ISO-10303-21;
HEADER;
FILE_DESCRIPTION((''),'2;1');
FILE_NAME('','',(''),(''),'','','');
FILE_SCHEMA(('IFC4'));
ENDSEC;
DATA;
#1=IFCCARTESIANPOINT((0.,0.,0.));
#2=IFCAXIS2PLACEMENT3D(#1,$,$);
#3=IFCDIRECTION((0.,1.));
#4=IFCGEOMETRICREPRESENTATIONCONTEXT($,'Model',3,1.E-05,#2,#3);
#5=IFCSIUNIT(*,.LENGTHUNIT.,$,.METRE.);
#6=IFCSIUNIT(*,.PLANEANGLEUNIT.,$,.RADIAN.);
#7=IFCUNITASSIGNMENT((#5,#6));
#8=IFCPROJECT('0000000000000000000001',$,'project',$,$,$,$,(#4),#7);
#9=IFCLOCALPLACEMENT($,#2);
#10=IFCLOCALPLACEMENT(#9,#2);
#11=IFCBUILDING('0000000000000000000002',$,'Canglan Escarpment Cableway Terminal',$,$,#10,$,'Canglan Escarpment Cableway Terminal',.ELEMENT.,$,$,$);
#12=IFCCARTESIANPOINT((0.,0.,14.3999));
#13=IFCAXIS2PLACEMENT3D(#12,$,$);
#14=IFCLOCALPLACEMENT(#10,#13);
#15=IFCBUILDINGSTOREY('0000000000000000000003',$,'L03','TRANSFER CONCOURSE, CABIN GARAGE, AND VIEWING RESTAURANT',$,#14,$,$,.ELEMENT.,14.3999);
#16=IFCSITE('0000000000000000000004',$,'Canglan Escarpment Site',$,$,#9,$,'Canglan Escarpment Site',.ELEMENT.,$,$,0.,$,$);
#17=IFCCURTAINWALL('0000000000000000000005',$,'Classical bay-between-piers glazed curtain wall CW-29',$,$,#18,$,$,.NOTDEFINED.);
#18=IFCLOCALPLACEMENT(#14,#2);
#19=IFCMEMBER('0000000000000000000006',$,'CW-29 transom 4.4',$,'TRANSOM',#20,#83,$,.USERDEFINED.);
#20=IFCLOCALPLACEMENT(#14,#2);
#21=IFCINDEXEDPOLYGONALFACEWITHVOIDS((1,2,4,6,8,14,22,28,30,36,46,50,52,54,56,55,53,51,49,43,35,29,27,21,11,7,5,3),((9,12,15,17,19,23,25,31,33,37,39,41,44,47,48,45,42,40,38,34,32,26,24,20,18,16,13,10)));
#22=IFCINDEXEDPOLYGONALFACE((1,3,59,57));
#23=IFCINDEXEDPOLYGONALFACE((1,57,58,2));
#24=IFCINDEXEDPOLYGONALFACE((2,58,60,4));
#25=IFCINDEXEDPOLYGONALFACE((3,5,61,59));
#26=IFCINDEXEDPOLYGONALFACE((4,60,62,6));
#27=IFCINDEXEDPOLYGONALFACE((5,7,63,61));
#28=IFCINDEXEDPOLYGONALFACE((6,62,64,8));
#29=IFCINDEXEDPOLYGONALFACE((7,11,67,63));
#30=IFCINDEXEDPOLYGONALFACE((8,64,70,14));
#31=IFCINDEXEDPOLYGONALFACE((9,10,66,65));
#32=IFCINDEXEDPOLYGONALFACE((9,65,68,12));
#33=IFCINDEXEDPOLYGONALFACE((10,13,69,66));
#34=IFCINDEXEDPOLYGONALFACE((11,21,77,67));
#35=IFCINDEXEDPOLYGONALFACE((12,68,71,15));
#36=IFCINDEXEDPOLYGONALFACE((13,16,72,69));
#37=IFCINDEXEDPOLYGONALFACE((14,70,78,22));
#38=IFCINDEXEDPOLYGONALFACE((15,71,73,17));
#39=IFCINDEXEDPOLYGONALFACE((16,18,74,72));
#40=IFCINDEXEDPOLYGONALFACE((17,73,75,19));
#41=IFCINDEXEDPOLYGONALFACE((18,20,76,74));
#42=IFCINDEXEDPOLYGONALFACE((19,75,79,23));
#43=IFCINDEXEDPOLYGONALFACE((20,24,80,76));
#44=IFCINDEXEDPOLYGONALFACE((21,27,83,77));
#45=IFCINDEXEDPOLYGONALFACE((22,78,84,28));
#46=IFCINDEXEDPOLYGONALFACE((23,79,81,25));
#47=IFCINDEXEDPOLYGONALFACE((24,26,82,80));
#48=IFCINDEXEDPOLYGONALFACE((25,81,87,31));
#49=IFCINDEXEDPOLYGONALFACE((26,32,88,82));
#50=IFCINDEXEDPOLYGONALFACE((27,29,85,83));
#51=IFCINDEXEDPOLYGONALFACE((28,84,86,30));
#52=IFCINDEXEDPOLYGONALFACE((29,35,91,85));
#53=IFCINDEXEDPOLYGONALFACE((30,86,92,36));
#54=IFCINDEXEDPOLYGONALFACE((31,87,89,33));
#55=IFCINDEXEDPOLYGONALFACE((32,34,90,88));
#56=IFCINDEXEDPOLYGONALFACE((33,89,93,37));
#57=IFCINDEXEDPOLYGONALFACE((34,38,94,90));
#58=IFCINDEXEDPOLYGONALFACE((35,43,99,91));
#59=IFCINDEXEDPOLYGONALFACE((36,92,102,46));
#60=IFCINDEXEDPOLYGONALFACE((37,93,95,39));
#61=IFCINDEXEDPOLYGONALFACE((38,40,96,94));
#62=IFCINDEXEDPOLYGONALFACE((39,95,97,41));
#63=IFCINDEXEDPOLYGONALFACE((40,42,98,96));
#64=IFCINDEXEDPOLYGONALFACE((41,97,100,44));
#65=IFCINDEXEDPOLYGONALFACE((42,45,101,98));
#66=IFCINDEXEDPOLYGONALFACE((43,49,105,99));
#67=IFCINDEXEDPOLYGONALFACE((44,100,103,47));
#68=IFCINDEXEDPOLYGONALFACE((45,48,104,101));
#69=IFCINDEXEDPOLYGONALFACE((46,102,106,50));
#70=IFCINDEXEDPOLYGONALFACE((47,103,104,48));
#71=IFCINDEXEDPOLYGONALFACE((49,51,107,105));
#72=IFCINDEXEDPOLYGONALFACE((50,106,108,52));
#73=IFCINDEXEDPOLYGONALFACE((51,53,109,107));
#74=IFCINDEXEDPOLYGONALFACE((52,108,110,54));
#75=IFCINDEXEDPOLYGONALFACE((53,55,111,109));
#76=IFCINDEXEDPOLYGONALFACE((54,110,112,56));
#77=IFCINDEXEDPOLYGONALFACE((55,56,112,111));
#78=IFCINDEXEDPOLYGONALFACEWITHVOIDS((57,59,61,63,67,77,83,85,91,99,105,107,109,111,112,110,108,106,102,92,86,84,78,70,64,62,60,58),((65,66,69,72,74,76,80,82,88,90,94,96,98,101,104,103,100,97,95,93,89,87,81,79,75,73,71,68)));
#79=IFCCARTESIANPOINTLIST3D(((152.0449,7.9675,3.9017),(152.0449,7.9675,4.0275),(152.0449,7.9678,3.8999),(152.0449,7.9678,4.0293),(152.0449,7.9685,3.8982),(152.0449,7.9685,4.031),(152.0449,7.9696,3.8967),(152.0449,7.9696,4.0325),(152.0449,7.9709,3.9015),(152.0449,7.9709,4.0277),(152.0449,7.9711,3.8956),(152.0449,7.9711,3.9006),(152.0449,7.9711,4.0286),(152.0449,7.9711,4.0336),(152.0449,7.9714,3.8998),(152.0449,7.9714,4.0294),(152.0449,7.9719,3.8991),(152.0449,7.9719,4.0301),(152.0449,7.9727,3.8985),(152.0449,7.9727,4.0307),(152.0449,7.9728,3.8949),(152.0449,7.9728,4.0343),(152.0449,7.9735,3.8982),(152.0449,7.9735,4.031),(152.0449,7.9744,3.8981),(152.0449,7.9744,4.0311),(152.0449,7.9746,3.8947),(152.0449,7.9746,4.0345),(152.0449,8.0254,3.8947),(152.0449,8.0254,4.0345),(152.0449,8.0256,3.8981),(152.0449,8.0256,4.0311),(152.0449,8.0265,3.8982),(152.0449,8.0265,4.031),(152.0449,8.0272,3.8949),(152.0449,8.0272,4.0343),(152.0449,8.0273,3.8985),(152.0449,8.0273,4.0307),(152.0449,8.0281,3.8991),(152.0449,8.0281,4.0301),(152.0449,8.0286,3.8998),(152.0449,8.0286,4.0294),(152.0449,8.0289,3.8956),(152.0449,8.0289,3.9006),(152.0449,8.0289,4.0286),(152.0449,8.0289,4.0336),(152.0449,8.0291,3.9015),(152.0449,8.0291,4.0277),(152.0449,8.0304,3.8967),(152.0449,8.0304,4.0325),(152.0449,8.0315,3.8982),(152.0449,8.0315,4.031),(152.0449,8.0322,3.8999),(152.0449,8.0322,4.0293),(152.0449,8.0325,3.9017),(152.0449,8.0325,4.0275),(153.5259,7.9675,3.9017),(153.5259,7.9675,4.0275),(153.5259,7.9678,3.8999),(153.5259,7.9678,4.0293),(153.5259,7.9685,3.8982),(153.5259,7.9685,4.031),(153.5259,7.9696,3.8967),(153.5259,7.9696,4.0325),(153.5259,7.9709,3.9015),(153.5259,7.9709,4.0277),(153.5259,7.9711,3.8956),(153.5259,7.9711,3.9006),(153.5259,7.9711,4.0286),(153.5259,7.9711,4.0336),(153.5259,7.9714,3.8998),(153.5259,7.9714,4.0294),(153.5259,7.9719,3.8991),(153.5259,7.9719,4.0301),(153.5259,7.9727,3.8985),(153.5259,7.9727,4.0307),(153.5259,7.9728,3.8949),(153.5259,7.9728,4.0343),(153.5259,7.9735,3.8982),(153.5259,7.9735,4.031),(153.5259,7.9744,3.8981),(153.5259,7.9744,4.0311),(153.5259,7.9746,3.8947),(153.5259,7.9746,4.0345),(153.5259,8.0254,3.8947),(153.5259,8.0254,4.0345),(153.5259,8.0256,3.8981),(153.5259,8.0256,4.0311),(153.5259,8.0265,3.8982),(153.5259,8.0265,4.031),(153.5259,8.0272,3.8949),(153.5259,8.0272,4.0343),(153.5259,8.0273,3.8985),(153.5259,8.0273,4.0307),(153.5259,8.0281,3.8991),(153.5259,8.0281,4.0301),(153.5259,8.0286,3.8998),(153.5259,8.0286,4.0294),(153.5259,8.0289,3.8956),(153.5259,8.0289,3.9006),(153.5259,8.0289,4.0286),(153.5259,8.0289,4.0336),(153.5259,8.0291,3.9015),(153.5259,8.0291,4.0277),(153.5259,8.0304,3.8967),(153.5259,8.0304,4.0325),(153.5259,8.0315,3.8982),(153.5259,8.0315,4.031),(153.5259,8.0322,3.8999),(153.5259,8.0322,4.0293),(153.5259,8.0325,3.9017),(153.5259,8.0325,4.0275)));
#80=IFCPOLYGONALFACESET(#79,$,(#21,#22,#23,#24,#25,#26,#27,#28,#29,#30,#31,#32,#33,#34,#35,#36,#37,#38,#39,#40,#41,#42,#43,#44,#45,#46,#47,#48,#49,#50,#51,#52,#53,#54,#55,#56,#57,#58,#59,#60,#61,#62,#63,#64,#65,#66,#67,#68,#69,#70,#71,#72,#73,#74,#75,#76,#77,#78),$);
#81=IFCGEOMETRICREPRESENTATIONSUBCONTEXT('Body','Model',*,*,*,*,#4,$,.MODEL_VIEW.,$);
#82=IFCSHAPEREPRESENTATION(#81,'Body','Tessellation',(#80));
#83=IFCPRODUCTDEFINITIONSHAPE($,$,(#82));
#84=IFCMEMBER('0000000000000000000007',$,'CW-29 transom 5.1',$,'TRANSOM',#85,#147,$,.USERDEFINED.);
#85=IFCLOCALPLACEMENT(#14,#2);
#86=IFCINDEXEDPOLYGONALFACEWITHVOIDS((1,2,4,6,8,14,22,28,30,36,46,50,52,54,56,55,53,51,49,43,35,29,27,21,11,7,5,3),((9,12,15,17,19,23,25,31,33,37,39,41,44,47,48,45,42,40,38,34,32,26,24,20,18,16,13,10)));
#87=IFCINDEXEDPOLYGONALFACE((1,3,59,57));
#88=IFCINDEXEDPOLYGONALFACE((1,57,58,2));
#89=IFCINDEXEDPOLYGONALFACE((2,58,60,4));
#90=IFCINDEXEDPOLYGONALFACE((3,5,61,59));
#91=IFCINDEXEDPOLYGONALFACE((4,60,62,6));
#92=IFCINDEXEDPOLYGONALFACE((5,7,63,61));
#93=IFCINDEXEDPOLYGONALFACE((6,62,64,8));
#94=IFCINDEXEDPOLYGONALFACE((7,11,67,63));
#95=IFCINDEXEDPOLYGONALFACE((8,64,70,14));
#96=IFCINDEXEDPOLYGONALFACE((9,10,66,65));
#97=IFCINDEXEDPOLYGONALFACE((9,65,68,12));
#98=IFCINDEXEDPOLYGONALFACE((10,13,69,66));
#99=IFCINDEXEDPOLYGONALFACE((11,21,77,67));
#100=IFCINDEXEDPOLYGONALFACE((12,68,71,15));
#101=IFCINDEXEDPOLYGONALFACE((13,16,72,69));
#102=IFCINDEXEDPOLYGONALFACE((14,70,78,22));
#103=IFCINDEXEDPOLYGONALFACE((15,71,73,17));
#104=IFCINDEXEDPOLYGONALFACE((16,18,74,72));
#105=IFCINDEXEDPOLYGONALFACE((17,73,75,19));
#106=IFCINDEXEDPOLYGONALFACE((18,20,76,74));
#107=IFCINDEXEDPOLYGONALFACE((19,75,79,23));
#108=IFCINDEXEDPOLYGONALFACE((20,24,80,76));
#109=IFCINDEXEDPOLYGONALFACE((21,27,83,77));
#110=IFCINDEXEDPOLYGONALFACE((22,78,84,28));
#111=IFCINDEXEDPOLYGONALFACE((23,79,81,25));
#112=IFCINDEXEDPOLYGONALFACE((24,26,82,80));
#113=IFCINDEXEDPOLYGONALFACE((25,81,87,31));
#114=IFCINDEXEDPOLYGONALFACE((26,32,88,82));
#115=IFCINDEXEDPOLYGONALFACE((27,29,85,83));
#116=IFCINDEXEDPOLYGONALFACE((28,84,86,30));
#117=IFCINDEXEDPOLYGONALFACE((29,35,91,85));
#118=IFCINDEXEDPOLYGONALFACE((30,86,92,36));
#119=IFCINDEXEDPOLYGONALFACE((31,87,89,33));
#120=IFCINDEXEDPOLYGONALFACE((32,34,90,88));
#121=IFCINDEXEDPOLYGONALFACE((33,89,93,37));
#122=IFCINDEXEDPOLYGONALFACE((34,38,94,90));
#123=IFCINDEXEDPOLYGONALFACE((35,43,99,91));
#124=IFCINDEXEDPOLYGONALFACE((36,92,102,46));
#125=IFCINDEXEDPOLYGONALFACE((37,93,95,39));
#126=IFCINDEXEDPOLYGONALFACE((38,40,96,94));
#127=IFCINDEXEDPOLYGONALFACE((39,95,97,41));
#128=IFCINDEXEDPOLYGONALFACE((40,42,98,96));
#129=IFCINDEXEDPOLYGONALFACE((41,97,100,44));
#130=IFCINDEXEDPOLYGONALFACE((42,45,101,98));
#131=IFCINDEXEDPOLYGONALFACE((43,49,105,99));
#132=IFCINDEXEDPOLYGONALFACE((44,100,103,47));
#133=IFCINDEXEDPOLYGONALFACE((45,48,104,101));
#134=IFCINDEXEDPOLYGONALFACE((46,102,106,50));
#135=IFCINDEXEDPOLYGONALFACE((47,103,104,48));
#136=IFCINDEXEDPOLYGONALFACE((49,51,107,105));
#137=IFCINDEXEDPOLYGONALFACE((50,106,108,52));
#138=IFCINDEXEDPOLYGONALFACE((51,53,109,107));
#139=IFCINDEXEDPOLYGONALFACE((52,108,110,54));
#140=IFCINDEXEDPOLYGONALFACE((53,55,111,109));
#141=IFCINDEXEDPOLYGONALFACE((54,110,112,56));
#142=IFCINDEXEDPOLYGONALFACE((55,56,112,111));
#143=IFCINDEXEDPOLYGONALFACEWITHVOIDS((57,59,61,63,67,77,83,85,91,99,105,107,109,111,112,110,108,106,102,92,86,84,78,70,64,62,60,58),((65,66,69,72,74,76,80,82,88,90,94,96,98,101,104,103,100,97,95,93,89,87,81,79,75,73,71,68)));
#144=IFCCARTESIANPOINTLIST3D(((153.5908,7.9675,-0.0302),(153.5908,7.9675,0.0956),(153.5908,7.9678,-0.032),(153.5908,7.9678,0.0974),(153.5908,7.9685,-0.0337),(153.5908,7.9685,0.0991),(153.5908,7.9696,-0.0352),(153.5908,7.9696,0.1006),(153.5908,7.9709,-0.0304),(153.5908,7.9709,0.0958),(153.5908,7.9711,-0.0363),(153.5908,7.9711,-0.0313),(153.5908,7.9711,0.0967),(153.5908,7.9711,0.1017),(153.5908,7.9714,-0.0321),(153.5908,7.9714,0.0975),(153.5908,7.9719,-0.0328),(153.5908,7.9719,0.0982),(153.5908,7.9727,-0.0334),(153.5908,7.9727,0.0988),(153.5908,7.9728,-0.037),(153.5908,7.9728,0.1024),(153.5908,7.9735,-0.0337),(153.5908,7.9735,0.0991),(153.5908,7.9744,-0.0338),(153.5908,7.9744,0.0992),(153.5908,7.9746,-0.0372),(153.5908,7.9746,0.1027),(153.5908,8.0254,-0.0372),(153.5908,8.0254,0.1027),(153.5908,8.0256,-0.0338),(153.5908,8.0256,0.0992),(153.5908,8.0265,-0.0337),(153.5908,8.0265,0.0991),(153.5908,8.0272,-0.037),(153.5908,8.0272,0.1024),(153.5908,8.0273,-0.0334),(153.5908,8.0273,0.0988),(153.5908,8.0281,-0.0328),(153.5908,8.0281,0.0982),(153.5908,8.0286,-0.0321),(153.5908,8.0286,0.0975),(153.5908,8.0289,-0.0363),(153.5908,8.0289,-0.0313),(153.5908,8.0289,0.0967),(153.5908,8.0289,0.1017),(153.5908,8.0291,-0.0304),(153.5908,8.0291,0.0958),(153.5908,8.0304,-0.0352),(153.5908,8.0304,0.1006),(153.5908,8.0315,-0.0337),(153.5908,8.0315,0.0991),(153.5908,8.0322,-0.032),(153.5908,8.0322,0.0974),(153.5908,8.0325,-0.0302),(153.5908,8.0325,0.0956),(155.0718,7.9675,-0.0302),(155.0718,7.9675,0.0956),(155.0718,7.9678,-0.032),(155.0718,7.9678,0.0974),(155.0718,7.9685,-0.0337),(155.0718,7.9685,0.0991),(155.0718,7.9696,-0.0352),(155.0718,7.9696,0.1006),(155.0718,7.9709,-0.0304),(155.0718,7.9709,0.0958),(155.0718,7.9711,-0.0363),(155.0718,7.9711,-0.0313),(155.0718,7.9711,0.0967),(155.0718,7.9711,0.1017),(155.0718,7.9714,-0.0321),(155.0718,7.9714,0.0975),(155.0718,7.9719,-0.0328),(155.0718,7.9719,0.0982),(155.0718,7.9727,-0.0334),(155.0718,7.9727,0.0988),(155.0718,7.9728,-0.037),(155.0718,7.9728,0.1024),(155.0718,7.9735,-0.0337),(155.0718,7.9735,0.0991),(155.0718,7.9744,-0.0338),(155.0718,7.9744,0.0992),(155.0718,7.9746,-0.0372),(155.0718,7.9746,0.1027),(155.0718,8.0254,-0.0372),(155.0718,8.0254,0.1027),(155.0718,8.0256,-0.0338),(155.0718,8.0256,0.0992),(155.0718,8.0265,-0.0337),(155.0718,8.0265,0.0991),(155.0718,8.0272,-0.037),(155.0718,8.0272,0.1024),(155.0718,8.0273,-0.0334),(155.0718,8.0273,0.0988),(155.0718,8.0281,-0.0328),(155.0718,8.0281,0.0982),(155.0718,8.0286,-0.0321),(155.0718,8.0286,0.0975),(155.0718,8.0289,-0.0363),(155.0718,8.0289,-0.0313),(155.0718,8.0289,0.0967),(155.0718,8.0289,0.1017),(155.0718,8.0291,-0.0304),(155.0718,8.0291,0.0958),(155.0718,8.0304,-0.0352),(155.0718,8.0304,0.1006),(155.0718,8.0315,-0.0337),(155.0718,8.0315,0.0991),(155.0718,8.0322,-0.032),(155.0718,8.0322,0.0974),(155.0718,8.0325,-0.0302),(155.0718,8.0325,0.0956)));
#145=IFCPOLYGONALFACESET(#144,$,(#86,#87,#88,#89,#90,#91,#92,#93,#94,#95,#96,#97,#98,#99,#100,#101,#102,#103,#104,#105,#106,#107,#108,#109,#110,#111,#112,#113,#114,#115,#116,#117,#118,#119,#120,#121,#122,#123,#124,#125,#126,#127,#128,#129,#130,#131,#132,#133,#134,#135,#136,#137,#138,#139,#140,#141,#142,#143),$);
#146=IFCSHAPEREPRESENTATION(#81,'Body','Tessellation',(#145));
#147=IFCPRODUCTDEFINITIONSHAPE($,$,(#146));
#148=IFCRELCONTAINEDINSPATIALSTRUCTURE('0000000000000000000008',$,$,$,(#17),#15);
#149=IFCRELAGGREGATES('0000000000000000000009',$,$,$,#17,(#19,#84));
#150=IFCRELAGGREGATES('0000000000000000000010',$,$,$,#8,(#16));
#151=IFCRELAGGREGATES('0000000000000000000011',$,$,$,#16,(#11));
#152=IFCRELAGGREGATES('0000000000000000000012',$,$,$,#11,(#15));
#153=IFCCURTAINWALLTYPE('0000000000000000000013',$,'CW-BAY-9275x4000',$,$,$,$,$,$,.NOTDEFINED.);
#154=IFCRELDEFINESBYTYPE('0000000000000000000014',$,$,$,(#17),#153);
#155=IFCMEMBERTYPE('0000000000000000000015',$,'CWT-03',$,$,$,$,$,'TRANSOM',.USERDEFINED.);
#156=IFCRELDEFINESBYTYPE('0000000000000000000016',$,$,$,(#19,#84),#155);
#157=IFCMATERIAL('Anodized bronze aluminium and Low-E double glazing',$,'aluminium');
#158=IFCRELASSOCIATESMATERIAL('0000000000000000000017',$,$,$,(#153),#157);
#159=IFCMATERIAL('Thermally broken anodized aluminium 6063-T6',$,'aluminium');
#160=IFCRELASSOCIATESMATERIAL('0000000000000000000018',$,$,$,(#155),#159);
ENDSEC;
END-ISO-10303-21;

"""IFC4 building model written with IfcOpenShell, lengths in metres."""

from ifc_helpers import new_model, si_unit, direction, frame, origin, origin_2d, place, context, subcontext, project, spatial, hollow_rectangle, extrude, material, material_profile, profile_set, type_object, element, aggregate, save


model = new_model("IFC4")

# Units and contexts
model_context = context("Model", 3, precision=1e-05, world=origin(), true_north=direction((0.0, 1.0)))
body_context = subcontext(model_context, "Body", "Model", "MODEL_VIEW")
ifc_project = project(units=[si_unit("LENGTHUNIT", "METRE"), si_unit("PLANEANGLEUNIT", "RADIAN")], contexts=[model_context])

# Site, building, storey
site_placement = place(None, origin())
site = spatial("IfcSite", under=ifc_project, at=site_placement, Name="Canglan Escarpment Site", LongName="Canglan Escarpment Site", CompositionType="ELEMENT", RefElevation=0.0)
building_placement = place(site_placement, origin())
building = spatial("IfcBuilding", under=site, at=building_placement, Name="Canglan Escarpment Cableway Terminal", LongName="Canglan Escarpment Cableway Terminal", CompositionType="ELEMENT")
storey_placement = place(building_placement, frame((0.0, 0.0, 14.3999)))
storey = spatial("IfcBuildingStorey", under=building, at=storey_placement, Name="L03", Description="TRANSFER CONCOURSE, CABIN GARAGE, AND VIEWING RESTAURANT", CompositionType="ELEMENT", Elevation=14.3999)

# Curtain wall, members
ifc_material_1 = material(Name="Anodized bronze aluminium and Low-E double glazing", Category="aluminium")
curtain_wall_type = type_object("IfcCurtainWallType", Name="CW-BAY-9275x4000", PredefinedType="NOTDEFINED", material=ifc_material_1)
curtain_wall_placement = place(storey_placement, origin())
curtain_wall = element("IfcCurtainWall", 1, at=curtain_wall_placement, inside=storey, type_object=curtain_wall_type, Name="Classical bay-between-piers glazed curtain wall CW-29", PredefinedType="NOTDEFINED")
ifc_material_2 = material(Name="Thermally broken anodized aluminium 6063-T6", Category="aluminium")
ifc_material_profile_1 = material_profile(ifc_material_2, hollow_rectangle(XDim=0.0649, YDim=0.1399, WallThickness=0.0034, InnerFilletRadius=0.0034, OuterFilletRadius=0.0071, at=origin_2d()), Name="ALU-TRAN 65x140x3.5")
ifc_profile_set_1 = profile_set([ifc_material_profile_1], Name="Thermally broken anodized aluminium 6063-T6")
member_type_1 = type_object("IfcMemberType", Name="CWT-03", ElementType="TRANSOM", PredefinedType="USERDEFINED", material=ifc_profile_set_1)
member_1_placement = place(storey_placement, frame((152.0449, 8.0, 3.9646), z_axis=(1.0, 0.0, 0.0), x_axis=(0.0, 1.0, 0.0)))
member_1 = element("IfcMember", 2, at=member_1_placement, type_object=member_type_1, Name="CW-29 transom 4.4", ObjectType="TRANSOM", PredefinedType="USERDEFINED", context=body_context, shape_type="SweptSolid", body=[
    extrude(hollow_rectangle(XDim=0.0649, YDim=0.1399, WallThickness=0.0034, InnerFilletRadius=0.0034, OuterFilletRadius=0.0071, at=origin_2d()), origin(), (0.0, 0.0, 1.0), 1.481),
])
member_2_placement = place(storey_placement, frame((153.5908, 8.0, 0.0327), z_axis=(1.0, 0.0, 0.0), x_axis=(0.0, 1.0, 0.0)))
member_2 = element("IfcMember", 3, at=member_2_placement, type_object=member_type_1, Name="CW-29 transom 5.1", ObjectType="TRANSOM", PredefinedType="USERDEFINED", context=body_context, shape_type="SweptSolid", body=[
    extrude(hollow_rectangle(XDim=0.0649, YDim=0.1399, WallThickness=0.0034, InnerFilletRadius=0.0034, OuterFilletRadius=0.0071, at=origin_2d()), origin(), (0.0, 0.0, 1.0), 1.481),
])
aggregate(curtain_wall, [member_1, member_2])

save(model, "model.ifc")
